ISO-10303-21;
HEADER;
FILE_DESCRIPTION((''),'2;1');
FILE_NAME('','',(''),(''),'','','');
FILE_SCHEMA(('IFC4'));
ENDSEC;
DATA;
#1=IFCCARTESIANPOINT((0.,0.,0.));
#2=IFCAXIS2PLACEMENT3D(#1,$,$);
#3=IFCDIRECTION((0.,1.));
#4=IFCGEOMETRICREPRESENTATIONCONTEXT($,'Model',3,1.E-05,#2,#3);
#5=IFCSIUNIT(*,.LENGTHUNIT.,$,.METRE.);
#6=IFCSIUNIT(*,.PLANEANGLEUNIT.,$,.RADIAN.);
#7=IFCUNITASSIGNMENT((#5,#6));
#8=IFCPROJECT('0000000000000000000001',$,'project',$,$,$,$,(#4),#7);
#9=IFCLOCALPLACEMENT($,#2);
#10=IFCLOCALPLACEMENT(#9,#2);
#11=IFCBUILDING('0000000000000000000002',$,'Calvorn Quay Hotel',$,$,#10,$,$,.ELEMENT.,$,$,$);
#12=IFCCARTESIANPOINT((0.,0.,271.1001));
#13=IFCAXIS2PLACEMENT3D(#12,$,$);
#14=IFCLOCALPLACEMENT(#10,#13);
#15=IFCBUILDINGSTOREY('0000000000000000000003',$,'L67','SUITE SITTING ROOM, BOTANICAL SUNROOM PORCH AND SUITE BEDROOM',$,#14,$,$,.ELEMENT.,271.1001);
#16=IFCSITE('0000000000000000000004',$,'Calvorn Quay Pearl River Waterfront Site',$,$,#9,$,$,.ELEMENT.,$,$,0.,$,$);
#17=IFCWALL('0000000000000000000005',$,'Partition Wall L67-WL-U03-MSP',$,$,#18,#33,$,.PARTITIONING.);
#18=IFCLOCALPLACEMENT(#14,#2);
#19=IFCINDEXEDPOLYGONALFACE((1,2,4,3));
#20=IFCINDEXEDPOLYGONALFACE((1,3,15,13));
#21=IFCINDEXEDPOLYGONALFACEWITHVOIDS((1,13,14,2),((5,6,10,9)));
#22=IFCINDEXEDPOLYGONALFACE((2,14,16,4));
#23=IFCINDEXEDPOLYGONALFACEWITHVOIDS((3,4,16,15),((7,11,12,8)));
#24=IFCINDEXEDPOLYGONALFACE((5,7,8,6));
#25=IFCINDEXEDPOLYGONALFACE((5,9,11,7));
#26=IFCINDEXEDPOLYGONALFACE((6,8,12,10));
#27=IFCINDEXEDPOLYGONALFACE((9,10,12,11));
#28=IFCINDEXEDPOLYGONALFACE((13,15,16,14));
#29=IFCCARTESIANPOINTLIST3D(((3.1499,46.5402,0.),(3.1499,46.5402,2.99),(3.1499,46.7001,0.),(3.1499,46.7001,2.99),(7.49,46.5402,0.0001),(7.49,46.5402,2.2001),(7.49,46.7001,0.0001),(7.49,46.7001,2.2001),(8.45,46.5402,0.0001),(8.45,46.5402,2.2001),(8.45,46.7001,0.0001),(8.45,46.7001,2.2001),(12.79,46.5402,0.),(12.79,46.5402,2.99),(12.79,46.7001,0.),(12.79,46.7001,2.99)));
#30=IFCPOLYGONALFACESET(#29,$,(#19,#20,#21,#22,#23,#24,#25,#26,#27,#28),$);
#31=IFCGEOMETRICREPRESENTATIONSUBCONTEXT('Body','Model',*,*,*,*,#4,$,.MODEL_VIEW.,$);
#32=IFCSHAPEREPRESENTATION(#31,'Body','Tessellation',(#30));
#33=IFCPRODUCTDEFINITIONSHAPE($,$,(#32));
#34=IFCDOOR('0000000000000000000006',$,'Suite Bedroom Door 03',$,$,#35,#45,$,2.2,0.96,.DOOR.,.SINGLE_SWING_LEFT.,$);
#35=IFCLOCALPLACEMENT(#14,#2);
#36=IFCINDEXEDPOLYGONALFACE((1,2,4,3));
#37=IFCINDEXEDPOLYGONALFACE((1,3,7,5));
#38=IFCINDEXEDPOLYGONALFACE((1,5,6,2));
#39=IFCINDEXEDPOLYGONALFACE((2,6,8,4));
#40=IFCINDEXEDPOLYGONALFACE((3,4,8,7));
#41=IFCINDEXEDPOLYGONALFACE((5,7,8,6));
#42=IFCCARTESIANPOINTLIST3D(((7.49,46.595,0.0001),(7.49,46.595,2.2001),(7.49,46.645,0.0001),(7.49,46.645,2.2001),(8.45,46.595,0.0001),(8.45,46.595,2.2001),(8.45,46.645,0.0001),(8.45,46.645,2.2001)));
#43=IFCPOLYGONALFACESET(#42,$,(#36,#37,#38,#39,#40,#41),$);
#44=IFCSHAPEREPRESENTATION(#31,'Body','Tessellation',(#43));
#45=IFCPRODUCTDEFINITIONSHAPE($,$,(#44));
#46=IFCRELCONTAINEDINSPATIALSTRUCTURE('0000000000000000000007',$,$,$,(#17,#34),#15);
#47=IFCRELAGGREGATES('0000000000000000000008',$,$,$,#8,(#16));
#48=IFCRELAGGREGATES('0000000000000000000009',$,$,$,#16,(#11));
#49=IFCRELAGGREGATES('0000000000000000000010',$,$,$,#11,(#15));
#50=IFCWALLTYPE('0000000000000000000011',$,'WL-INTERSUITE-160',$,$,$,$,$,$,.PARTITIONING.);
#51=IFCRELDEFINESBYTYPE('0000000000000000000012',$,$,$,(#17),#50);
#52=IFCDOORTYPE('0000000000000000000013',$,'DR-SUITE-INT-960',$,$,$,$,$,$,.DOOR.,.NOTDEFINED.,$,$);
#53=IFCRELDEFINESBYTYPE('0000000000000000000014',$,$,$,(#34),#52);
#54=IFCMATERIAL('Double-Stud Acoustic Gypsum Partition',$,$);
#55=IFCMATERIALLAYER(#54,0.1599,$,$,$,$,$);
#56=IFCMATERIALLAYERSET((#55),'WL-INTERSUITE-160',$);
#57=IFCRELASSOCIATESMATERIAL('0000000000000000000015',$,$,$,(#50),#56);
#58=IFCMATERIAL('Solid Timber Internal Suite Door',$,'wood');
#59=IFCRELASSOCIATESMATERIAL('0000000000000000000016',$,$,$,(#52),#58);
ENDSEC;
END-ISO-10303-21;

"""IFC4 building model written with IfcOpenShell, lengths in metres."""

from ifc_helpers import new_model, si_unit, direction, frame, frame_2d, origin, place, context, subcontext, project, spatial, rectangle, extrude, material, layer, layer_set, type_object, element, fill, save


model = new_model("IFC4")

# Units and contexts
model_context = context("Model", 3, precision=1e-05, world=origin(), true_north=direction((0.0, 1.0)))
body_context = subcontext(model_context, "Body", "Model", "MODEL_VIEW")
ifc_project = project(units=[si_unit("LENGTHUNIT", "METRE"), si_unit("PLANEANGLEUNIT", "RADIAN")], contexts=[model_context])

# Site, building, storey
site_placement = place(None, origin())
site = spatial("IfcSite", under=ifc_project, at=site_placement, Name="Calvorn Quay Pearl River Waterfront Site", CompositionType="ELEMENT", RefElevation=0.0)
building_placement = place(site_placement, origin())
building = spatial("IfcBuilding", under=site, at=building_placement, Name="Calvorn Quay Hotel", CompositionType="ELEMENT")
storey_placement = place(building_placement, frame((0.0, 0.0, 271.1001)))
storey = spatial("IfcBuildingStorey", under=building, at=storey_placement, Name="L67", Description="SUITE SITTING ROOM, BOTANICAL SUNROOM PORCH AND SUITE BEDROOM", CompositionType="ELEMENT", Elevation=271.1001)

# Wall, opening, door
ifc_material_1 = material(Name="Double-Stud Acoustic Gypsum Partition")
ifc_layer_1 = layer(ifc_material_1, 0.1599)
ifc_layer_set_1 = layer_set([ifc_layer_1], Name="WL-INTERSUITE-160")
wall_type_1 = type_object("IfcWallType", Name="WL-INTERSUITE-160", PredefinedType="PARTITIONING", material=ifc_layer_set_1)
wall_1_placement = place(storey_placement, frame((3.1499, 46.6201, 0.0), z_axis=(0.0, 0.0, 1.0), x_axis=(1.0, 0.0, 0.0)))
wall_1 = element("IfcWall", 1, at=wall_1_placement, inside=storey, type_object=wall_type_1, Name="Partition Wall L67-WL-U03-MSP", PredefinedType="PARTITIONING", context=body_context, shape_type="SweptSolid", body=[
    extrude(rectangle(XDim=9.6401, YDim=0.1599, at=frame_2d((4.8201, 0.0))), origin(), (0.0, 0.0, 1.0), 2.99),
])
opening_placement = place(wall_1_placement, frame((4.3401, 0.0, 0.0)))
opening = element("IfcOpeningElement", 2, at=opening_placement, cuts=wall_1, PredefinedType="OPENING", context=body_context, shape_type="SweptSolid", body=[
    extrude(rectangle(XDim=0.96, YDim=2.2, at=frame_2d((0.48, 1.1001))), frame((0.0, 0.0898, 0.0), z_axis=(0.0, -1.0, 0.0), x_axis=(1.0, 0.0, 0.0)), (0.0, 0.0, 1.0), 0.1799),
])
ifc_material_2 = material(Name="Solid Timber Internal Suite Door", Category="wood")
door_type = type_object("IfcDoorType", Name="DR-SUITE-INT-960", OperationType="NOTDEFINED", PredefinedType="DOOR", material=ifc_material_2)
door_placement = place(opening_placement, origin())
door = element("IfcDoor", 3, at=door_placement, inside=storey, type_object=door_type, Name="Suite Bedroom Door 03", OperationType="SINGLE_SWING_LEFT", OverallHeight=2.2, OverallWidth=0.96, PredefinedType="DOOR", context=body_context, shape_type="SweptSolid", body=[
    extrude(rectangle(XDim=0.96, YDim=2.2, at=frame_2d((0.48, 1.1001))), frame((0.0, 0.0249, 0.0), z_axis=(0.0, -1.0, 0.0), x_axis=(1.0, 0.0, 0.0)), (0.0, 0.0, 1.0), 0.05),
])
fill(opening, door)

save(model, "model.ifc")
